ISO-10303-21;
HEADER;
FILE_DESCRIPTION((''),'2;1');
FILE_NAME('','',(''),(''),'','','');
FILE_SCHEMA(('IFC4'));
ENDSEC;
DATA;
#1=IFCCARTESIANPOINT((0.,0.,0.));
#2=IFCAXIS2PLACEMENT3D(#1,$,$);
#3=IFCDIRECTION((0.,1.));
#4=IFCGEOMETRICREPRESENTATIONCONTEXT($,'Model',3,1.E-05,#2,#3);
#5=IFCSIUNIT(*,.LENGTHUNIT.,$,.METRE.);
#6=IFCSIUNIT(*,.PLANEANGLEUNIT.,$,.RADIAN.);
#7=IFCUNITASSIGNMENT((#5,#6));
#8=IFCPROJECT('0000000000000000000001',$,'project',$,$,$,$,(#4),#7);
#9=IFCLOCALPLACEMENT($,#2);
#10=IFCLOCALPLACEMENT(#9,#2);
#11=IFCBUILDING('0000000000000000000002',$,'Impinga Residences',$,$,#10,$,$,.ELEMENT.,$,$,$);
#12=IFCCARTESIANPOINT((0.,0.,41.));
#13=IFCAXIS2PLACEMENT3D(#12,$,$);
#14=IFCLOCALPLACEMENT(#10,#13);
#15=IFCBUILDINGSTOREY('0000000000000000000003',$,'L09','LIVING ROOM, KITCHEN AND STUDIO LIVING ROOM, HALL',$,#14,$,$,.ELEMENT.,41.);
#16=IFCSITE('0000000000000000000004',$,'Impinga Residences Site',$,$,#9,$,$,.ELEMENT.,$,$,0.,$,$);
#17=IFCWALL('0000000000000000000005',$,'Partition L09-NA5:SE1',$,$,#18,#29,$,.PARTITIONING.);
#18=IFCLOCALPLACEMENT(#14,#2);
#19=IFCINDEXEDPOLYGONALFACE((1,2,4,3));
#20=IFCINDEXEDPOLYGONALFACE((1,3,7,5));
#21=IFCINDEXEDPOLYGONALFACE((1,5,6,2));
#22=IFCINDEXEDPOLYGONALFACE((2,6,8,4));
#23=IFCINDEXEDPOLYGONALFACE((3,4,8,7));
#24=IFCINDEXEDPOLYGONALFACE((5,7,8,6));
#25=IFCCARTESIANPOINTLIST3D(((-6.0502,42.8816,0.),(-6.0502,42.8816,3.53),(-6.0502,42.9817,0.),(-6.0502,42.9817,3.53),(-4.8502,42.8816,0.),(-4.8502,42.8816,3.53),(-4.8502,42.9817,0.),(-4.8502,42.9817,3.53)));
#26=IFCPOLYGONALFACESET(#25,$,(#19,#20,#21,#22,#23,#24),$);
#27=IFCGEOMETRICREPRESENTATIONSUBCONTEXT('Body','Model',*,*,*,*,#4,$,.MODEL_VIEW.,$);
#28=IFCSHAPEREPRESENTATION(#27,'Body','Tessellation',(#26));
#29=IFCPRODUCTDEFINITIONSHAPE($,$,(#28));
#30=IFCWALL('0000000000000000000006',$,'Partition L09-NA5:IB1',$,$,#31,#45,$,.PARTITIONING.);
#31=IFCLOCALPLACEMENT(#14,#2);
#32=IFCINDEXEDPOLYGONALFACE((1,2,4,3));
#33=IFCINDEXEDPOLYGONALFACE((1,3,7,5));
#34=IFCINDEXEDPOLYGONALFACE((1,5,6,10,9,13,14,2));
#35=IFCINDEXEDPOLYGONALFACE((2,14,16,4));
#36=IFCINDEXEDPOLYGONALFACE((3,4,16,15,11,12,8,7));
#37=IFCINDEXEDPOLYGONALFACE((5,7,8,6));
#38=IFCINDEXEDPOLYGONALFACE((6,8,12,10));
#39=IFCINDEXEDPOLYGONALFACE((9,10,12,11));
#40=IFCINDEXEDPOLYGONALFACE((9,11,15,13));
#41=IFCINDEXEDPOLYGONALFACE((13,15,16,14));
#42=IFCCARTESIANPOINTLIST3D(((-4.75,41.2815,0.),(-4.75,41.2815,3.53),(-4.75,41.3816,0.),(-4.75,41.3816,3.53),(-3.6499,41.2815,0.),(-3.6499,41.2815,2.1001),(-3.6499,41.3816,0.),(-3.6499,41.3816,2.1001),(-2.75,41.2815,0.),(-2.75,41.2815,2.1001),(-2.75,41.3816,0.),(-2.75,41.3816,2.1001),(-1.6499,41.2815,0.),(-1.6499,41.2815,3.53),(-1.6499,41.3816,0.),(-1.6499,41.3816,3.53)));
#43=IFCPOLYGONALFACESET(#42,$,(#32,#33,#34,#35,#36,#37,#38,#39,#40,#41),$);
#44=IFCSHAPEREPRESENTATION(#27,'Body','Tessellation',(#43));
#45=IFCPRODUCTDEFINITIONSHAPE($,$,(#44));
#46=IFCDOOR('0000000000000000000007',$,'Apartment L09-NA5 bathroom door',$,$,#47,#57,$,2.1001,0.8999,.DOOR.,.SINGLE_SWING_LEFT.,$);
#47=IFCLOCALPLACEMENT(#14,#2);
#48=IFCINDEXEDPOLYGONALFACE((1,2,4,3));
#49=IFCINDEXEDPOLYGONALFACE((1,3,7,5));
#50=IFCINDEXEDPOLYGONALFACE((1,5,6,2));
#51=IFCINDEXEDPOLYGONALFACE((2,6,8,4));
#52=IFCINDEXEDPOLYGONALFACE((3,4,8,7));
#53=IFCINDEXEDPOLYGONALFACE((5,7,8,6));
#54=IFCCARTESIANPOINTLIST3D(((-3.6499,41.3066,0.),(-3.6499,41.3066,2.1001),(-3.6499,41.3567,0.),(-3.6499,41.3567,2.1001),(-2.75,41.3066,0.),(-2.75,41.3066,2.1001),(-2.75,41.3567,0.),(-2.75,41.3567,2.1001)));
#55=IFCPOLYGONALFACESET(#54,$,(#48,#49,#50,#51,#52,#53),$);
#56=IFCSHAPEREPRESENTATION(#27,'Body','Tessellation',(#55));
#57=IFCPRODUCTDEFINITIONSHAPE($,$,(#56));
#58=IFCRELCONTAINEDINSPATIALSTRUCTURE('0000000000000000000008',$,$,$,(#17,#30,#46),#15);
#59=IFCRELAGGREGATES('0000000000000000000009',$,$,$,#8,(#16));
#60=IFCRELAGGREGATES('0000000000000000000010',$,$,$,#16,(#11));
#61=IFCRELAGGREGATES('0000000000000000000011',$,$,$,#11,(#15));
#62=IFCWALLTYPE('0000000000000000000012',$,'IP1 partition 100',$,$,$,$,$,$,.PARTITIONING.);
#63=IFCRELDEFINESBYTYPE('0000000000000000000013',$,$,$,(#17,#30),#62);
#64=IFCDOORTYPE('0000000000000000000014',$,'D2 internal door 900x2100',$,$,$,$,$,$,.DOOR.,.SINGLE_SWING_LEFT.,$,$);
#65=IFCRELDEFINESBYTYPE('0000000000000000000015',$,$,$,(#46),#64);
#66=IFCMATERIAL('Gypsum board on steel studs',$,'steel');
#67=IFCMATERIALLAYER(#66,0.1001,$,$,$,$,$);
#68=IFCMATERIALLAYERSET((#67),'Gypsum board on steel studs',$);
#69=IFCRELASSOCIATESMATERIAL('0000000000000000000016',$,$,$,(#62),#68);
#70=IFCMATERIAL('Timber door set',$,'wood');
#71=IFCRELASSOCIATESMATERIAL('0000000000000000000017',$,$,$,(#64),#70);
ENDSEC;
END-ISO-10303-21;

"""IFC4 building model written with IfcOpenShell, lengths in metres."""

from ifc_helpers import new_model, si_unit, direction, frame, frame_2d, origin, place, context, subcontext, project, spatial, rectangle, extrude, material, layer, layer_set, type_object, element, fill, save


model = new_model("IFC4")

# Units and contexts
model_context = context("Model", 3, precision=1e-05, world=origin(), true_north=direction((0.0, 1.0)))
body_context = subcontext(model_context, "Body", "Model", "MODEL_VIEW")
ifc_project = project(units=[si_unit("LENGTHUNIT", "METRE"), si_unit("PLANEANGLEUNIT", "RADIAN")], contexts=[model_context])

# Site, building, storey
site_placement = place(None, origin())
site = spatial("IfcSite", under=ifc_project, at=site_placement, Name="Impinga Residences Site", CompositionType="ELEMENT", RefElevation=0.0)
building_placement = place(site_placement, origin())
building = spatial("IfcBuilding", under=site, at=building_placement, Name="Impinga Residences", CompositionType="ELEMENT")
storey_placement = place(building_placement, frame((0.0, 0.0, 41.0)))
storey = spatial("IfcBuildingStorey", under=building, at=storey_placement, Name="L09", Description="LIVING ROOM, KITCHEN AND STUDIO LIVING ROOM, HALL", CompositionType="ELEMENT", Elevation=41.0)

# Shared definitions
ifc_material_1 = material(Name="Gypsum board on steel studs", Category="steel")
ifc_layer_1 = layer(ifc_material_1, 0.1001)
ifc_layer_set_1 = layer_set([ifc_layer_1], Name="Gypsum board on steel studs")
wall_type_1 = type_object("IfcWallType", Name="IP1 partition 100", PredefinedType="PARTITIONING", material=ifc_layer_set_1)

# Shared definitions
ifc_material_2 = material(Name="Timber door set", Category="wood")
door_type = type_object("IfcDoorType", Name="D2 internal door 900x2100", OperationType="SINGLE_SWING_LEFT", PredefinedType="DOOR", material=ifc_material_2)

# Wall
for number, where, z_axis, x_axis, name in (
    (1, (-4.8501, 42.9316, 0.0), (0.0, 0.0, 1.0), (-1.0, 0.0, 0.0), "Partition L09-NA5:SE1"),
):
    element("IfcWall", number, at=place(storey_placement, frame(where, z_axis=z_axis, x_axis=x_axis)), inside=storey, type_object=wall_type_1, Name=name, PredefinedType="PARTITIONING", context=body_context, shape_type="SweptSolid", body=[
        extrude(rectangle(XDim=1.2, YDim=0.1001, at=frame_2d((0.6001, 0.0))), origin(), (0.0, 0.0, 1.0), 3.53),
    ])

# Wall, opening, door
wall_1_placement = place(storey_placement, frame((-1.6499, 41.3315, 0.0), z_axis=(0.0, 0.0, 1.0), x_axis=(-1.0, 0.0, 0.0)))
wall_1 = element("IfcWall", 2, at=wall_1_placement, inside=storey, type_object=wall_type_1, Name="Partition L09-NA5:IB1", PredefinedType="PARTITIONING", context=body_context, shape_type="SweptSolid", body=[
    extrude(rectangle(XDim=3.1001, YDim=0.1001, at=frame_2d((1.55, 0.0))), origin(), (0.0, 0.0, 1.0), 3.53),
])
opening_1_placement = place(wall_1_placement, frame((1.1001, 0.0, 0.0)))
opening_1 = element("IfcOpeningElement", 3, at=opening_1_placement, cuts=wall_1, PredefinedType="OPENING", context=body_context, shape_type="SweptSolid", body=[
    extrude(rectangle(XDim=0.8999, YDim=2.1001, at=frame_2d((0.45, 1.05))), frame((0.0, 0.0601, 0.0), z_axis=(0.0, -1.0, 0.0), x_axis=(1.0, 0.0, 0.0)), (0.0, 0.0, 1.0), 0.1201),
])
door_1_placement = place(opening_1_placement, origin())
door_1 = element("IfcDoor", 4, at=door_1_placement, inside=storey, type_object=door_type, Name="Apartment L09-NA5 bathroom door", OperationType="SINGLE_SWING_LEFT", OverallHeight=2.1001, OverallWidth=0.8999, PredefinedType="DOOR", context=body_context, shape_type="SweptSolid", body=[
    extrude(rectangle(XDim=0.8999, YDim=2.1001, at=frame_2d((0.45, 1.05))), frame((0.0, 0.0249, 0.0), z_axis=(0.0, -1.0, 0.0), x_axis=(1.0, 0.0, 0.0)), (0.0, 0.0, 1.0), 0.05),
])
fill(opening_1, door_1)

save(model, "model.ifc")
